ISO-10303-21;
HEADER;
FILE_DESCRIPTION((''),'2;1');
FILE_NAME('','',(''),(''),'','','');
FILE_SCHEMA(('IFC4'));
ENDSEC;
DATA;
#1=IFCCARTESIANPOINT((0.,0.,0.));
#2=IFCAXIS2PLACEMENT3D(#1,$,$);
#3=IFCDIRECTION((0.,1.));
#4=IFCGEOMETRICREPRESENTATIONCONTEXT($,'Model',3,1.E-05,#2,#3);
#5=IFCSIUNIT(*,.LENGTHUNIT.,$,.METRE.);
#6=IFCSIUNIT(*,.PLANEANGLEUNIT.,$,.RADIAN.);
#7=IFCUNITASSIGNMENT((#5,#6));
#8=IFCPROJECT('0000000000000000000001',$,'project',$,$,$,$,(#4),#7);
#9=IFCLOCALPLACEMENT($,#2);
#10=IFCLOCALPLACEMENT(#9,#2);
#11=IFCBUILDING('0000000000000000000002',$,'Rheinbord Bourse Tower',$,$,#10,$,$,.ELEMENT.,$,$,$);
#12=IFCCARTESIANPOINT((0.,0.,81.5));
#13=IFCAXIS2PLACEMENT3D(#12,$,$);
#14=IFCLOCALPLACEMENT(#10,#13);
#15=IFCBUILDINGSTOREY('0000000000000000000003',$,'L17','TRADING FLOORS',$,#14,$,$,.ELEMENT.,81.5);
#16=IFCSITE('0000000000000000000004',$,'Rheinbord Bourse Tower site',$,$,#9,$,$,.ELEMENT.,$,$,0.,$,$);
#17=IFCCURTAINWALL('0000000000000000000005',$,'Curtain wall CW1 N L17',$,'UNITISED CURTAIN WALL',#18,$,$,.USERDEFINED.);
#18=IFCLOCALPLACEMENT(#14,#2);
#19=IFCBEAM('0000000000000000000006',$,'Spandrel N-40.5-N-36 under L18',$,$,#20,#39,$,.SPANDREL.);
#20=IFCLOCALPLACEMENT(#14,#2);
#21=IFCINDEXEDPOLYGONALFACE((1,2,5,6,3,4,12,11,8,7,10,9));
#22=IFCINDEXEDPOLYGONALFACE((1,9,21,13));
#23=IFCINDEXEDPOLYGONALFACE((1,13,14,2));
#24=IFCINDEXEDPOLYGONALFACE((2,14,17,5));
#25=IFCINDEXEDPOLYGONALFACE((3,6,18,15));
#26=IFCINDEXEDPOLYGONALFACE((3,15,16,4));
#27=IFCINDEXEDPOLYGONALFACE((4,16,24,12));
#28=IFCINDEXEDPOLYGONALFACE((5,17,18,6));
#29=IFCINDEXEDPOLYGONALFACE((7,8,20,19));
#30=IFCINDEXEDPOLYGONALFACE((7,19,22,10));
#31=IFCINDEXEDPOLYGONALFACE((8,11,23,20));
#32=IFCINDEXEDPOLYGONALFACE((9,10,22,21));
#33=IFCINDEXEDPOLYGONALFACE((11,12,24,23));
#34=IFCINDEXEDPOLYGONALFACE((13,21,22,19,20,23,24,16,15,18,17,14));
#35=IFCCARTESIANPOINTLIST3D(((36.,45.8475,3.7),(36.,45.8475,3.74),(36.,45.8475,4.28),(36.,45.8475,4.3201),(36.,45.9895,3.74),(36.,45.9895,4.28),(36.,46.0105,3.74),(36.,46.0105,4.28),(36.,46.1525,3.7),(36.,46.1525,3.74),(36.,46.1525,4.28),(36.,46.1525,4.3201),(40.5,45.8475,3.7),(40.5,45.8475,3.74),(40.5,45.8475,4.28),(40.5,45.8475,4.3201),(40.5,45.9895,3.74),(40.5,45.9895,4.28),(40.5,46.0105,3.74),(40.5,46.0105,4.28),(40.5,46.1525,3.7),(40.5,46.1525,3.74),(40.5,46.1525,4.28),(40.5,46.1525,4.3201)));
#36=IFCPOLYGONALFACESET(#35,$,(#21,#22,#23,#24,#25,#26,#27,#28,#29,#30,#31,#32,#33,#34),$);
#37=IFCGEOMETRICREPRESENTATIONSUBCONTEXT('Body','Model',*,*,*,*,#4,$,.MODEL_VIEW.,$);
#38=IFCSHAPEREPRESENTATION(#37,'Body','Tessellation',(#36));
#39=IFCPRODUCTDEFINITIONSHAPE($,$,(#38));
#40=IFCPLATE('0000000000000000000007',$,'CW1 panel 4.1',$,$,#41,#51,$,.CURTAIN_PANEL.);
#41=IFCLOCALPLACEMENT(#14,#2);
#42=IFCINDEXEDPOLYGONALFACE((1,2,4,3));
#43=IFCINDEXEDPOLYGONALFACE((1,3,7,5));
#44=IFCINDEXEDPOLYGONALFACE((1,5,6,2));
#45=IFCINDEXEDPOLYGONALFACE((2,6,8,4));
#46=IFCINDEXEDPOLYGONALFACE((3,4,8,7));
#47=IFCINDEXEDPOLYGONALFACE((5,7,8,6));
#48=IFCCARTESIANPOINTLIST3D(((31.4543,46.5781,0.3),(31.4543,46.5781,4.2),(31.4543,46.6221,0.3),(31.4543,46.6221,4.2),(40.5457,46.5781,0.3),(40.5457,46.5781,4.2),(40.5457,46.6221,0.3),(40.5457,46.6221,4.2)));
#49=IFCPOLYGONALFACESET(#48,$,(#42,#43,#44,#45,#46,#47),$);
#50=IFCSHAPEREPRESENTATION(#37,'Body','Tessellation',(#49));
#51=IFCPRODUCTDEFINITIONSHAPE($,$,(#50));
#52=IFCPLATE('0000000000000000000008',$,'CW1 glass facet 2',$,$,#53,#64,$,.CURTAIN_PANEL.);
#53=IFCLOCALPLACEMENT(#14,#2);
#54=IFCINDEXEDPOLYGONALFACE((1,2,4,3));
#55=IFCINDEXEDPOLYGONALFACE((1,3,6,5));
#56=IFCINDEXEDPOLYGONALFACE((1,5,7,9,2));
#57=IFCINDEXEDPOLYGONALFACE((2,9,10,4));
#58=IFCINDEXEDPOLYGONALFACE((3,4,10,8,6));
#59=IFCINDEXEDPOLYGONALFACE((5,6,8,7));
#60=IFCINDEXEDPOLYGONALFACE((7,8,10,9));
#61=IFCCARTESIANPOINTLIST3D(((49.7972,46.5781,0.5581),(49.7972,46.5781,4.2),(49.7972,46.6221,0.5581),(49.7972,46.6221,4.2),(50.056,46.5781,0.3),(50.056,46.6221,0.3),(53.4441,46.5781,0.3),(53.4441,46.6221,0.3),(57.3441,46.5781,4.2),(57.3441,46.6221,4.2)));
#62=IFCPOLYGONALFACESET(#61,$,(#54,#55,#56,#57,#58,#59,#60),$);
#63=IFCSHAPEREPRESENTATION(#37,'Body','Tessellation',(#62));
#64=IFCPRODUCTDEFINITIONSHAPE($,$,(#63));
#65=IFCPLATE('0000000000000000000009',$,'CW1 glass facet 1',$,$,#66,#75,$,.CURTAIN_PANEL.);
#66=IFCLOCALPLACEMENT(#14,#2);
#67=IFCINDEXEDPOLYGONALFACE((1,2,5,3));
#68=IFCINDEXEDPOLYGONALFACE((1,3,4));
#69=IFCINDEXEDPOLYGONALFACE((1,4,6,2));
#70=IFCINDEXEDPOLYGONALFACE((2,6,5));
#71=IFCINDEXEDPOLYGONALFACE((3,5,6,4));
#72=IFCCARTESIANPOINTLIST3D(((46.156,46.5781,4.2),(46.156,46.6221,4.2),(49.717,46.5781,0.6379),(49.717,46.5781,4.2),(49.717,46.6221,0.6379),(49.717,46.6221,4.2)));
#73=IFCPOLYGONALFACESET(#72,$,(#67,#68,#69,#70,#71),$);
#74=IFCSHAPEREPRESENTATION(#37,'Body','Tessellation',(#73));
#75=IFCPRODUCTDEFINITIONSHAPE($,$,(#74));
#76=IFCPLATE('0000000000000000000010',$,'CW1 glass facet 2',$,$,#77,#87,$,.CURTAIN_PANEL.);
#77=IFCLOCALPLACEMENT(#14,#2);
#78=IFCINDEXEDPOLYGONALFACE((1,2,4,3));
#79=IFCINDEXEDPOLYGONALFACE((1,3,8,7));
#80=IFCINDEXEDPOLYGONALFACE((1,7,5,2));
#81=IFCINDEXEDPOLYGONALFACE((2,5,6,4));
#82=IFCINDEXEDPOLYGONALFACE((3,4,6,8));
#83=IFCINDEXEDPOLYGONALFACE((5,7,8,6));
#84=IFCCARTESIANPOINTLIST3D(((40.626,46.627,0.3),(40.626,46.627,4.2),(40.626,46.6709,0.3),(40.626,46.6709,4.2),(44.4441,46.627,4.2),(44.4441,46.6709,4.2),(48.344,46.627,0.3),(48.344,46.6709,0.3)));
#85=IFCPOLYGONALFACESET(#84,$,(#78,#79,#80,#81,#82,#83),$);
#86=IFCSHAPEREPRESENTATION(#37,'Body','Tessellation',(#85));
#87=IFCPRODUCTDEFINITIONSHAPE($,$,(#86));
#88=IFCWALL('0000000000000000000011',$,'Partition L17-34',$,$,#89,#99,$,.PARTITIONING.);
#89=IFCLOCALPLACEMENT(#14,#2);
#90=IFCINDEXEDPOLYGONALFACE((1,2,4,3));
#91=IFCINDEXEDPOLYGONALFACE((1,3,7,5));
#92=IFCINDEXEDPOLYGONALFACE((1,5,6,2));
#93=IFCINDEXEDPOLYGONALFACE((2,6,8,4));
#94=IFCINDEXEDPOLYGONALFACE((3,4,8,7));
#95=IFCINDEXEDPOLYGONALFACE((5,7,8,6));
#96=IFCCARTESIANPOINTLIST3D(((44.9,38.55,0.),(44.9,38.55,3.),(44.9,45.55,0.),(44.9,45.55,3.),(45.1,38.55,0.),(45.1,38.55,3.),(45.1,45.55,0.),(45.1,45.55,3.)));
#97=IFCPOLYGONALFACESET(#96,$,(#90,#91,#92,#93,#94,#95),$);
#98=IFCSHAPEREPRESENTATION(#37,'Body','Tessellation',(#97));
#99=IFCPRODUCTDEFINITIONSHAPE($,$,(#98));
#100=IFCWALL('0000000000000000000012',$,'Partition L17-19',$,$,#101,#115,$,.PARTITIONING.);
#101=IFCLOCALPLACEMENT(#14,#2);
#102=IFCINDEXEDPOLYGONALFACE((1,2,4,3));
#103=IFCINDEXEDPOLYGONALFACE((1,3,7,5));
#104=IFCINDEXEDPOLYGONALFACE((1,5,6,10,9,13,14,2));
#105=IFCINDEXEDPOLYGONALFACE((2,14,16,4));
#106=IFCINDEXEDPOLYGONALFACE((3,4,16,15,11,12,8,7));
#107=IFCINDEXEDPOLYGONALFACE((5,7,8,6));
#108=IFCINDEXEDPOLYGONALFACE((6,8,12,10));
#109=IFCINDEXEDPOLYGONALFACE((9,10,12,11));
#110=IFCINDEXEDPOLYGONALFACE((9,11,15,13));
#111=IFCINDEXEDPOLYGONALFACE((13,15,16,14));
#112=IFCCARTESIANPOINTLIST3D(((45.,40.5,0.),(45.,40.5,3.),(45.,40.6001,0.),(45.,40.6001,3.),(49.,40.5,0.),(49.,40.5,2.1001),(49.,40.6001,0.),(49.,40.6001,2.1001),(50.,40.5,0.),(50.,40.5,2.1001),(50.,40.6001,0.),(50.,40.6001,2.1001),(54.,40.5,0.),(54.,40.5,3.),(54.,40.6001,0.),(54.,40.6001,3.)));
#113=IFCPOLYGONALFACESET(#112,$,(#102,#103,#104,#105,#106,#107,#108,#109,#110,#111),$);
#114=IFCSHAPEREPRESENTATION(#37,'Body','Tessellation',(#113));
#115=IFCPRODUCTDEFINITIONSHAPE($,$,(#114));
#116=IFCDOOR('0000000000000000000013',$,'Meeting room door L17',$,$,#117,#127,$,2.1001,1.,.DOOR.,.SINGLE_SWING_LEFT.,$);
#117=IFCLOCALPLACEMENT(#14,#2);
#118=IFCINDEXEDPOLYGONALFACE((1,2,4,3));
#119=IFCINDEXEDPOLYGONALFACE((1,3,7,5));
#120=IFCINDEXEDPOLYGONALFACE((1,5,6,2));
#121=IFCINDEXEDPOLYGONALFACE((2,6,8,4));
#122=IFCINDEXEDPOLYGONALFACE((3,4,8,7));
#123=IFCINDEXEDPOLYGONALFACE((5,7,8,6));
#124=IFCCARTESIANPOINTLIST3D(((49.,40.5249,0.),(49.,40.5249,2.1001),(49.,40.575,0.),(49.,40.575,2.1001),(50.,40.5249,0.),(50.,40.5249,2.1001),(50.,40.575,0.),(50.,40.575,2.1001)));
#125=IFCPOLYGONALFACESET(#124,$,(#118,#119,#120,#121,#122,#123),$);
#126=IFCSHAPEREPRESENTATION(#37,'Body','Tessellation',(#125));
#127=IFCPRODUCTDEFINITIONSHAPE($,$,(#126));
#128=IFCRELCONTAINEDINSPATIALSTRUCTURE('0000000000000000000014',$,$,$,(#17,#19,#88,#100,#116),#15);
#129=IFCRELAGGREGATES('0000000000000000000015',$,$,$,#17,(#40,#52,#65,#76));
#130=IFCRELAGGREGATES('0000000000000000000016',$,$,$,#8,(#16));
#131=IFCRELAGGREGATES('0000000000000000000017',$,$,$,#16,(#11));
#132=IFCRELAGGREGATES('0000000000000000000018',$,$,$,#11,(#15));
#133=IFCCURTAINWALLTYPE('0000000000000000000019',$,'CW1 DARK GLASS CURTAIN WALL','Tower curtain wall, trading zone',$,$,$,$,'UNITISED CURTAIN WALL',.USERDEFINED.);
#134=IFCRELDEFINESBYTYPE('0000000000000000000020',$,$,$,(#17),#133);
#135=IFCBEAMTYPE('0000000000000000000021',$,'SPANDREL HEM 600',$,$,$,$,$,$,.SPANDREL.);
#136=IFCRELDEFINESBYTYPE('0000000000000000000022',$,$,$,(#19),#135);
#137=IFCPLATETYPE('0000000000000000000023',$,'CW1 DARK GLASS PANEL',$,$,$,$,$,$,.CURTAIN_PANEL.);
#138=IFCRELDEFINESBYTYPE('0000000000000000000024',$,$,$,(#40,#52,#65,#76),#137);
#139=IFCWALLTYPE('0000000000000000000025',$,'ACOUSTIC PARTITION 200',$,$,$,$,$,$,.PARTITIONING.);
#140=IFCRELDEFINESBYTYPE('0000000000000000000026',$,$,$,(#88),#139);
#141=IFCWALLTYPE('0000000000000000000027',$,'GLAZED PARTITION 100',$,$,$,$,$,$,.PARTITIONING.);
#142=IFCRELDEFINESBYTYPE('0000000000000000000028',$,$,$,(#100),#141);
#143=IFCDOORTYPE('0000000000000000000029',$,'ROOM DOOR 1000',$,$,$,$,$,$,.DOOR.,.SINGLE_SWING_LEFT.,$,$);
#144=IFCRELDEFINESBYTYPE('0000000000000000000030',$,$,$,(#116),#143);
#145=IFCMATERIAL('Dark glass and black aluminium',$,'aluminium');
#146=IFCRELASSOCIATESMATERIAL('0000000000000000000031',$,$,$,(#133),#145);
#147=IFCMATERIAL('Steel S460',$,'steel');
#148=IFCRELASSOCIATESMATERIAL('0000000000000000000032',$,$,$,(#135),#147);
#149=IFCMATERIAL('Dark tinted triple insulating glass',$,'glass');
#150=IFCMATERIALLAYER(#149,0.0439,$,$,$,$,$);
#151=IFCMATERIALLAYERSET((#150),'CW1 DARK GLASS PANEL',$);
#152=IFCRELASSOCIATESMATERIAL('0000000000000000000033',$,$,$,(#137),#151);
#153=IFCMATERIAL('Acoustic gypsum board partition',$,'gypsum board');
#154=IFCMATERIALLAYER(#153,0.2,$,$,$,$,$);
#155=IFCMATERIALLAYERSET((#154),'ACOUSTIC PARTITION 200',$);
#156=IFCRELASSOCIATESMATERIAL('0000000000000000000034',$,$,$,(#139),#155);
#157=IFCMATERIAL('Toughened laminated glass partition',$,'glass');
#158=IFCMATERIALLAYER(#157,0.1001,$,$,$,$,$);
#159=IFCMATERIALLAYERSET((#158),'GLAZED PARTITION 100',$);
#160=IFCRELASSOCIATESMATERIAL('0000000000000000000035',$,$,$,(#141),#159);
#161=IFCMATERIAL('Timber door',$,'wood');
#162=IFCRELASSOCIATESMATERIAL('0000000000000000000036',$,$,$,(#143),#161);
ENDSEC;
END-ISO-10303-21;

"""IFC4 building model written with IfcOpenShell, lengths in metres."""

from ifc_helpers import new_model, si_unit, direction, frame, frame_2d, origin, origin_2d, place, context, subcontext, project, spatial, polyline, rectangle, i_section, outline, extrude, material, layer, layer_set, material_profile, profile_set, type_object, element, fill, aggregate, save


model = new_model("IFC4")

# Units and contexts
model_context = context("Model", 3, precision=1e-05, world=origin(), true_north=direction((0.0, 1.0)))
body_context = subcontext(model_context, "Body", "Model", "MODEL_VIEW")
ifc_project = project(units=[si_unit("LENGTHUNIT", "METRE"), si_unit("PLANEANGLEUNIT", "RADIAN")], contexts=[model_context])

# Site, building, storey
site_placement = place(None, origin())
site = spatial("IfcSite", under=ifc_project, at=site_placement, Name="Rheinbord Bourse Tower site", CompositionType="ELEMENT", RefElevation=0.0)
building_placement = place(site_placement, origin())
building = spatial("IfcBuilding", under=site, at=building_placement, Name="Rheinbord Bourse Tower", CompositionType="ELEMENT")
storey_placement = place(building_placement, frame((0.0, 0.0, 81.5)))
storey = spatial("IfcBuildingStorey", under=building, at=storey_placement, Name="L17", Description="TRADING FLOORS", CompositionType="ELEMENT", Elevation=81.5)

# Curtain wall
ifc_material_1 = material(Name="Dark glass and black aluminium", Category="aluminium")
curtain_wall_type = type_object("IfcCurtainWallType", Name="CW1 DARK GLASS CURTAIN WALL", Description="Tower curtain wall, trading zone", ElementType="UNITISED CURTAIN WALL", PredefinedType="USERDEFINED", material=ifc_material_1)
curtain_wall_placement = place(storey_placement, origin())
curtain_wall = element("IfcCurtainWall", 1, at=curtain_wall_placement, inside=storey, type_object=curtain_wall_type, Name="Curtain wall CW1 N L17", ObjectType="UNITISED CURTAIN WALL", PredefinedType="USERDEFINED")

# Beam
ifc_material_2 = material(Name="Steel S460", Category="steel")
ifc_material_profile_1 = material_profile(ifc_material_2, i_section(OverallWidth=0.3049, OverallDepth=0.6201, WebThickness=0.021, FlangeThickness=0.04, at=origin_2d()), Name="HEM 600")
ifc_profile_set_1 = profile_set([ifc_material_profile_1], Name="Steel S460")
beam_type_1 = type_object("IfcBeamType", Name="SPANDREL HEM 600", PredefinedType="SPANDREL", material=ifc_profile_set_1)
for number, where, z_axis, x_axis, name in (
    (2, (40.5, 46.0, 4.01), (-1.0, 0.0, 0.0), (0.0, -1.0, 0.0), "Spandrel N-40.5-N-36 under L18"),
):
    element("IfcBeam", number, at=place(storey_placement, frame(where, z_axis=z_axis, x_axis=x_axis)), inside=storey, type_object=beam_type_1, Name=name, PredefinedType="SPANDREL", context=body_context, shape_type="SweptSolid", body=[
        extrude(i_section(OverallWidth=0.3049, OverallDepth=0.6201, WebThickness=0.021, FlangeThickness=0.04, at=origin_2d()), origin(), (0.0, 0.0, 1.0), 4.5),
    ])

# Plates
ifc_material_3 = material(Name="Dark tinted triple insulating glass", Category="glass")
ifc_layer_1 = layer(ifc_material_3, 0.0439)
ifc_layer_set_1 = layer_set([ifc_layer_1], Name="CW1 DARK GLASS PANEL")
plate_type = type_object("IfcPlateType", Name="CW1 DARK GLASS PANEL", PredefinedType="CURTAIN_PANEL", material=ifc_layer_set_1)
plate_1_placement = place(storey_placement, frame((36.0, 46.6001, 0.3), z_axis=(0.0, 0.0, 1.0), x_axis=(-1.0, 0.0, 0.0)))
plate_1 = element("IfcPlate", 3, at=plate_1_placement, type_object=plate_type, Name="CW1 panel 4.1", PredefinedType="CURTAIN_PANEL", context=body_context, shape_type="SweptSolid", body=[
    extrude(rectangle(XDim=9.0913, YDim=0.0439, at=origin_2d()), origin(), (0.0, 0.0, 1.0), 3.8999),
])
plate_2_placement = place(storey_placement, frame((53.4441, 46.6221, 0.3), z_axis=(0.0, -1.0, 0.0), x_axis=(0.707107, 0.0, 0.707107)))
plate_2 = element("IfcPlate", 4, at=plate_2_placement, type_object=plate_type, Name="CW1 glass facet 2", PredefinedType="CURTAIN_PANEL", context=body_context, shape_type="SweptSolid", body=[
    extrude(outline(polyline([(0.0, 0.0), (5.5154, 0.0), (0.179, 5.3364), (-2.3962, 2.7612), (-2.3958, 2.3958), (0.0, 0.0)])), origin(), (0.0, 0.0, 1.0), 0.0439),
])
plate_3_placement = place(storey_placement, frame((49.717, 46.6221, 4.2), z_axis=(0.0, -1.0, 0.0), x_axis=(-1.0, 0.0, 0.0)))
plate_3 = element("IfcPlate", 5, at=plate_3_placement, type_object=plate_type, Name="CW1 glass facet 1", PredefinedType="CURTAIN_PANEL", context=body_context, shape_type="SweptSolid", body=[
    extrude(outline(polyline([(0.0, 0.0), (3.561, 0.0), (0.0, 3.562), (0.0, 0.0)])), origin(), (0.0, 0.0, 1.0), 0.0439),
])
plate_4_placement = place(storey_placement, frame((40.626, 46.6709, 4.2), z_axis=(0.0, -1.0, 0.0), x_axis=(0.0, 0.0, -1.0)))
plate_4 = element("IfcPlate", 6, at=plate_4_placement, type_object=plate_type, Name="CW1 glass facet 2", PredefinedType="CURTAIN_PANEL", context=body_context, shape_type="SweptSolid", body=[
    extrude(outline(polyline([(0.0, 0.0), (3.8999, 0.0), (3.8999, 7.718), (0.0, 3.8181), (0.0, 0.0)])), origin(), (0.0, 0.0, 1.0), 0.0439),
])
aggregate(curtain_wall, [plate_1, plate_2, plate_3, plate_4])

# Wall
ifc_material_4 = material(Name="Acoustic gypsum board partition", Category="gypsum board")
ifc_layer_2 = layer(ifc_material_4, 0.2)
ifc_layer_set_2 = layer_set([ifc_layer_2], Name="ACOUSTIC PARTITION 200")
wall_type_1 = type_object("IfcWallType", Name="ACOUSTIC PARTITION 200", PredefinedType="PARTITIONING", material=ifc_layer_set_2)
wall_1_placement = place(storey_placement, frame((45.0, 38.55, 0.0), z_axis=(0.0, 0.0, 1.0), x_axis=(0.0, 1.0, 0.0)))
element("IfcWall", 7, at=wall_1_placement, inside=storey, type_object=wall_type_1, Name="Partition L17-34", PredefinedType="PARTITIONING", context=body_context, shape_type="SweptSolid", body=[
    extrude(rectangle(XDim=7.0, YDim=0.2, at=frame_2d((3.5, 0.0))), origin(), (0.0, 0.0, 1.0), 3.0),
])

# Wall, opening, door
ifc_material_5 = material(Name="Toughened laminated glass partition", Category="glass")
ifc_layer_3 = layer(ifc_material_5, 0.1001)
ifc_layer_set_3 = layer_set([ifc_layer_3], Name="GLAZED PARTITION 100")
wall_type_2 = type_object("IfcWallType", Name="GLAZED PARTITION 100", PredefinedType="PARTITIONING", material=ifc_layer_set_3)
wall_2_placement = place(storey_placement, frame((45.0, 40.55, 0.0), z_axis=(0.0, 0.0, 1.0), x_axis=(1.0, 0.0, 0.0)))
wall_2 = element("IfcWall", 8, at=wall_2_placement, inside=storey, type_object=wall_type_2, Name="Partition L17-19", PredefinedType="PARTITIONING", context=body_context, shape_type="SweptSolid", body=[
    extrude(rectangle(XDim=9.0, YDim=0.1001, at=frame_2d((4.5, 0.0))), origin(), (0.0, 0.0, 1.0), 3.0),
])
opening_placement = place(wall_2_placement, frame((4.0, 0.0, 0.0)))
opening = element("IfcOpeningElement", 9, at=opening_placement, cuts=wall_2, PredefinedType="OPENING", context=body_context, shape_type="SweptSolid", body=[
    extrude(rectangle(XDim=1.0, YDim=2.1001, at=frame_2d((0.5, 1.05))), frame((0.0, 0.0601, 0.0), z_axis=(0.0, -1.0, 0.0), x_axis=(1.0, 0.0, 0.0)), (0.0, 0.0, 1.0), 0.1201),
])
ifc_material_6 = material(Name="Timber door", Category="wood")
door_type = type_object("IfcDoorType", Name="ROOM DOOR 1000", OperationType="SINGLE_SWING_LEFT", PredefinedType="DOOR", material=ifc_material_6)
door_placement = place(opening_placement, origin())
door = element("IfcDoor", 10, at=door_placement, inside=storey, type_object=door_type, Name="Meeting room door L17", OperationType="SINGLE_SWING_LEFT", OverallHeight=2.1001, OverallWidth=1.0, PredefinedType="DOOR", context=body_context, shape_type="SweptSolid", body=[
    extrude(rectangle(XDim=1.0, YDim=2.1001, at=frame_2d((0.5, 1.05))), frame((0.0, 0.0249, 0.0), z_axis=(0.0, -1.0, 0.0), x_axis=(1.0, 0.0, 0.0)), (0.0, 0.0, 1.0), 0.05),
])
fill(opening, door)

save(model, "model.ifc")
